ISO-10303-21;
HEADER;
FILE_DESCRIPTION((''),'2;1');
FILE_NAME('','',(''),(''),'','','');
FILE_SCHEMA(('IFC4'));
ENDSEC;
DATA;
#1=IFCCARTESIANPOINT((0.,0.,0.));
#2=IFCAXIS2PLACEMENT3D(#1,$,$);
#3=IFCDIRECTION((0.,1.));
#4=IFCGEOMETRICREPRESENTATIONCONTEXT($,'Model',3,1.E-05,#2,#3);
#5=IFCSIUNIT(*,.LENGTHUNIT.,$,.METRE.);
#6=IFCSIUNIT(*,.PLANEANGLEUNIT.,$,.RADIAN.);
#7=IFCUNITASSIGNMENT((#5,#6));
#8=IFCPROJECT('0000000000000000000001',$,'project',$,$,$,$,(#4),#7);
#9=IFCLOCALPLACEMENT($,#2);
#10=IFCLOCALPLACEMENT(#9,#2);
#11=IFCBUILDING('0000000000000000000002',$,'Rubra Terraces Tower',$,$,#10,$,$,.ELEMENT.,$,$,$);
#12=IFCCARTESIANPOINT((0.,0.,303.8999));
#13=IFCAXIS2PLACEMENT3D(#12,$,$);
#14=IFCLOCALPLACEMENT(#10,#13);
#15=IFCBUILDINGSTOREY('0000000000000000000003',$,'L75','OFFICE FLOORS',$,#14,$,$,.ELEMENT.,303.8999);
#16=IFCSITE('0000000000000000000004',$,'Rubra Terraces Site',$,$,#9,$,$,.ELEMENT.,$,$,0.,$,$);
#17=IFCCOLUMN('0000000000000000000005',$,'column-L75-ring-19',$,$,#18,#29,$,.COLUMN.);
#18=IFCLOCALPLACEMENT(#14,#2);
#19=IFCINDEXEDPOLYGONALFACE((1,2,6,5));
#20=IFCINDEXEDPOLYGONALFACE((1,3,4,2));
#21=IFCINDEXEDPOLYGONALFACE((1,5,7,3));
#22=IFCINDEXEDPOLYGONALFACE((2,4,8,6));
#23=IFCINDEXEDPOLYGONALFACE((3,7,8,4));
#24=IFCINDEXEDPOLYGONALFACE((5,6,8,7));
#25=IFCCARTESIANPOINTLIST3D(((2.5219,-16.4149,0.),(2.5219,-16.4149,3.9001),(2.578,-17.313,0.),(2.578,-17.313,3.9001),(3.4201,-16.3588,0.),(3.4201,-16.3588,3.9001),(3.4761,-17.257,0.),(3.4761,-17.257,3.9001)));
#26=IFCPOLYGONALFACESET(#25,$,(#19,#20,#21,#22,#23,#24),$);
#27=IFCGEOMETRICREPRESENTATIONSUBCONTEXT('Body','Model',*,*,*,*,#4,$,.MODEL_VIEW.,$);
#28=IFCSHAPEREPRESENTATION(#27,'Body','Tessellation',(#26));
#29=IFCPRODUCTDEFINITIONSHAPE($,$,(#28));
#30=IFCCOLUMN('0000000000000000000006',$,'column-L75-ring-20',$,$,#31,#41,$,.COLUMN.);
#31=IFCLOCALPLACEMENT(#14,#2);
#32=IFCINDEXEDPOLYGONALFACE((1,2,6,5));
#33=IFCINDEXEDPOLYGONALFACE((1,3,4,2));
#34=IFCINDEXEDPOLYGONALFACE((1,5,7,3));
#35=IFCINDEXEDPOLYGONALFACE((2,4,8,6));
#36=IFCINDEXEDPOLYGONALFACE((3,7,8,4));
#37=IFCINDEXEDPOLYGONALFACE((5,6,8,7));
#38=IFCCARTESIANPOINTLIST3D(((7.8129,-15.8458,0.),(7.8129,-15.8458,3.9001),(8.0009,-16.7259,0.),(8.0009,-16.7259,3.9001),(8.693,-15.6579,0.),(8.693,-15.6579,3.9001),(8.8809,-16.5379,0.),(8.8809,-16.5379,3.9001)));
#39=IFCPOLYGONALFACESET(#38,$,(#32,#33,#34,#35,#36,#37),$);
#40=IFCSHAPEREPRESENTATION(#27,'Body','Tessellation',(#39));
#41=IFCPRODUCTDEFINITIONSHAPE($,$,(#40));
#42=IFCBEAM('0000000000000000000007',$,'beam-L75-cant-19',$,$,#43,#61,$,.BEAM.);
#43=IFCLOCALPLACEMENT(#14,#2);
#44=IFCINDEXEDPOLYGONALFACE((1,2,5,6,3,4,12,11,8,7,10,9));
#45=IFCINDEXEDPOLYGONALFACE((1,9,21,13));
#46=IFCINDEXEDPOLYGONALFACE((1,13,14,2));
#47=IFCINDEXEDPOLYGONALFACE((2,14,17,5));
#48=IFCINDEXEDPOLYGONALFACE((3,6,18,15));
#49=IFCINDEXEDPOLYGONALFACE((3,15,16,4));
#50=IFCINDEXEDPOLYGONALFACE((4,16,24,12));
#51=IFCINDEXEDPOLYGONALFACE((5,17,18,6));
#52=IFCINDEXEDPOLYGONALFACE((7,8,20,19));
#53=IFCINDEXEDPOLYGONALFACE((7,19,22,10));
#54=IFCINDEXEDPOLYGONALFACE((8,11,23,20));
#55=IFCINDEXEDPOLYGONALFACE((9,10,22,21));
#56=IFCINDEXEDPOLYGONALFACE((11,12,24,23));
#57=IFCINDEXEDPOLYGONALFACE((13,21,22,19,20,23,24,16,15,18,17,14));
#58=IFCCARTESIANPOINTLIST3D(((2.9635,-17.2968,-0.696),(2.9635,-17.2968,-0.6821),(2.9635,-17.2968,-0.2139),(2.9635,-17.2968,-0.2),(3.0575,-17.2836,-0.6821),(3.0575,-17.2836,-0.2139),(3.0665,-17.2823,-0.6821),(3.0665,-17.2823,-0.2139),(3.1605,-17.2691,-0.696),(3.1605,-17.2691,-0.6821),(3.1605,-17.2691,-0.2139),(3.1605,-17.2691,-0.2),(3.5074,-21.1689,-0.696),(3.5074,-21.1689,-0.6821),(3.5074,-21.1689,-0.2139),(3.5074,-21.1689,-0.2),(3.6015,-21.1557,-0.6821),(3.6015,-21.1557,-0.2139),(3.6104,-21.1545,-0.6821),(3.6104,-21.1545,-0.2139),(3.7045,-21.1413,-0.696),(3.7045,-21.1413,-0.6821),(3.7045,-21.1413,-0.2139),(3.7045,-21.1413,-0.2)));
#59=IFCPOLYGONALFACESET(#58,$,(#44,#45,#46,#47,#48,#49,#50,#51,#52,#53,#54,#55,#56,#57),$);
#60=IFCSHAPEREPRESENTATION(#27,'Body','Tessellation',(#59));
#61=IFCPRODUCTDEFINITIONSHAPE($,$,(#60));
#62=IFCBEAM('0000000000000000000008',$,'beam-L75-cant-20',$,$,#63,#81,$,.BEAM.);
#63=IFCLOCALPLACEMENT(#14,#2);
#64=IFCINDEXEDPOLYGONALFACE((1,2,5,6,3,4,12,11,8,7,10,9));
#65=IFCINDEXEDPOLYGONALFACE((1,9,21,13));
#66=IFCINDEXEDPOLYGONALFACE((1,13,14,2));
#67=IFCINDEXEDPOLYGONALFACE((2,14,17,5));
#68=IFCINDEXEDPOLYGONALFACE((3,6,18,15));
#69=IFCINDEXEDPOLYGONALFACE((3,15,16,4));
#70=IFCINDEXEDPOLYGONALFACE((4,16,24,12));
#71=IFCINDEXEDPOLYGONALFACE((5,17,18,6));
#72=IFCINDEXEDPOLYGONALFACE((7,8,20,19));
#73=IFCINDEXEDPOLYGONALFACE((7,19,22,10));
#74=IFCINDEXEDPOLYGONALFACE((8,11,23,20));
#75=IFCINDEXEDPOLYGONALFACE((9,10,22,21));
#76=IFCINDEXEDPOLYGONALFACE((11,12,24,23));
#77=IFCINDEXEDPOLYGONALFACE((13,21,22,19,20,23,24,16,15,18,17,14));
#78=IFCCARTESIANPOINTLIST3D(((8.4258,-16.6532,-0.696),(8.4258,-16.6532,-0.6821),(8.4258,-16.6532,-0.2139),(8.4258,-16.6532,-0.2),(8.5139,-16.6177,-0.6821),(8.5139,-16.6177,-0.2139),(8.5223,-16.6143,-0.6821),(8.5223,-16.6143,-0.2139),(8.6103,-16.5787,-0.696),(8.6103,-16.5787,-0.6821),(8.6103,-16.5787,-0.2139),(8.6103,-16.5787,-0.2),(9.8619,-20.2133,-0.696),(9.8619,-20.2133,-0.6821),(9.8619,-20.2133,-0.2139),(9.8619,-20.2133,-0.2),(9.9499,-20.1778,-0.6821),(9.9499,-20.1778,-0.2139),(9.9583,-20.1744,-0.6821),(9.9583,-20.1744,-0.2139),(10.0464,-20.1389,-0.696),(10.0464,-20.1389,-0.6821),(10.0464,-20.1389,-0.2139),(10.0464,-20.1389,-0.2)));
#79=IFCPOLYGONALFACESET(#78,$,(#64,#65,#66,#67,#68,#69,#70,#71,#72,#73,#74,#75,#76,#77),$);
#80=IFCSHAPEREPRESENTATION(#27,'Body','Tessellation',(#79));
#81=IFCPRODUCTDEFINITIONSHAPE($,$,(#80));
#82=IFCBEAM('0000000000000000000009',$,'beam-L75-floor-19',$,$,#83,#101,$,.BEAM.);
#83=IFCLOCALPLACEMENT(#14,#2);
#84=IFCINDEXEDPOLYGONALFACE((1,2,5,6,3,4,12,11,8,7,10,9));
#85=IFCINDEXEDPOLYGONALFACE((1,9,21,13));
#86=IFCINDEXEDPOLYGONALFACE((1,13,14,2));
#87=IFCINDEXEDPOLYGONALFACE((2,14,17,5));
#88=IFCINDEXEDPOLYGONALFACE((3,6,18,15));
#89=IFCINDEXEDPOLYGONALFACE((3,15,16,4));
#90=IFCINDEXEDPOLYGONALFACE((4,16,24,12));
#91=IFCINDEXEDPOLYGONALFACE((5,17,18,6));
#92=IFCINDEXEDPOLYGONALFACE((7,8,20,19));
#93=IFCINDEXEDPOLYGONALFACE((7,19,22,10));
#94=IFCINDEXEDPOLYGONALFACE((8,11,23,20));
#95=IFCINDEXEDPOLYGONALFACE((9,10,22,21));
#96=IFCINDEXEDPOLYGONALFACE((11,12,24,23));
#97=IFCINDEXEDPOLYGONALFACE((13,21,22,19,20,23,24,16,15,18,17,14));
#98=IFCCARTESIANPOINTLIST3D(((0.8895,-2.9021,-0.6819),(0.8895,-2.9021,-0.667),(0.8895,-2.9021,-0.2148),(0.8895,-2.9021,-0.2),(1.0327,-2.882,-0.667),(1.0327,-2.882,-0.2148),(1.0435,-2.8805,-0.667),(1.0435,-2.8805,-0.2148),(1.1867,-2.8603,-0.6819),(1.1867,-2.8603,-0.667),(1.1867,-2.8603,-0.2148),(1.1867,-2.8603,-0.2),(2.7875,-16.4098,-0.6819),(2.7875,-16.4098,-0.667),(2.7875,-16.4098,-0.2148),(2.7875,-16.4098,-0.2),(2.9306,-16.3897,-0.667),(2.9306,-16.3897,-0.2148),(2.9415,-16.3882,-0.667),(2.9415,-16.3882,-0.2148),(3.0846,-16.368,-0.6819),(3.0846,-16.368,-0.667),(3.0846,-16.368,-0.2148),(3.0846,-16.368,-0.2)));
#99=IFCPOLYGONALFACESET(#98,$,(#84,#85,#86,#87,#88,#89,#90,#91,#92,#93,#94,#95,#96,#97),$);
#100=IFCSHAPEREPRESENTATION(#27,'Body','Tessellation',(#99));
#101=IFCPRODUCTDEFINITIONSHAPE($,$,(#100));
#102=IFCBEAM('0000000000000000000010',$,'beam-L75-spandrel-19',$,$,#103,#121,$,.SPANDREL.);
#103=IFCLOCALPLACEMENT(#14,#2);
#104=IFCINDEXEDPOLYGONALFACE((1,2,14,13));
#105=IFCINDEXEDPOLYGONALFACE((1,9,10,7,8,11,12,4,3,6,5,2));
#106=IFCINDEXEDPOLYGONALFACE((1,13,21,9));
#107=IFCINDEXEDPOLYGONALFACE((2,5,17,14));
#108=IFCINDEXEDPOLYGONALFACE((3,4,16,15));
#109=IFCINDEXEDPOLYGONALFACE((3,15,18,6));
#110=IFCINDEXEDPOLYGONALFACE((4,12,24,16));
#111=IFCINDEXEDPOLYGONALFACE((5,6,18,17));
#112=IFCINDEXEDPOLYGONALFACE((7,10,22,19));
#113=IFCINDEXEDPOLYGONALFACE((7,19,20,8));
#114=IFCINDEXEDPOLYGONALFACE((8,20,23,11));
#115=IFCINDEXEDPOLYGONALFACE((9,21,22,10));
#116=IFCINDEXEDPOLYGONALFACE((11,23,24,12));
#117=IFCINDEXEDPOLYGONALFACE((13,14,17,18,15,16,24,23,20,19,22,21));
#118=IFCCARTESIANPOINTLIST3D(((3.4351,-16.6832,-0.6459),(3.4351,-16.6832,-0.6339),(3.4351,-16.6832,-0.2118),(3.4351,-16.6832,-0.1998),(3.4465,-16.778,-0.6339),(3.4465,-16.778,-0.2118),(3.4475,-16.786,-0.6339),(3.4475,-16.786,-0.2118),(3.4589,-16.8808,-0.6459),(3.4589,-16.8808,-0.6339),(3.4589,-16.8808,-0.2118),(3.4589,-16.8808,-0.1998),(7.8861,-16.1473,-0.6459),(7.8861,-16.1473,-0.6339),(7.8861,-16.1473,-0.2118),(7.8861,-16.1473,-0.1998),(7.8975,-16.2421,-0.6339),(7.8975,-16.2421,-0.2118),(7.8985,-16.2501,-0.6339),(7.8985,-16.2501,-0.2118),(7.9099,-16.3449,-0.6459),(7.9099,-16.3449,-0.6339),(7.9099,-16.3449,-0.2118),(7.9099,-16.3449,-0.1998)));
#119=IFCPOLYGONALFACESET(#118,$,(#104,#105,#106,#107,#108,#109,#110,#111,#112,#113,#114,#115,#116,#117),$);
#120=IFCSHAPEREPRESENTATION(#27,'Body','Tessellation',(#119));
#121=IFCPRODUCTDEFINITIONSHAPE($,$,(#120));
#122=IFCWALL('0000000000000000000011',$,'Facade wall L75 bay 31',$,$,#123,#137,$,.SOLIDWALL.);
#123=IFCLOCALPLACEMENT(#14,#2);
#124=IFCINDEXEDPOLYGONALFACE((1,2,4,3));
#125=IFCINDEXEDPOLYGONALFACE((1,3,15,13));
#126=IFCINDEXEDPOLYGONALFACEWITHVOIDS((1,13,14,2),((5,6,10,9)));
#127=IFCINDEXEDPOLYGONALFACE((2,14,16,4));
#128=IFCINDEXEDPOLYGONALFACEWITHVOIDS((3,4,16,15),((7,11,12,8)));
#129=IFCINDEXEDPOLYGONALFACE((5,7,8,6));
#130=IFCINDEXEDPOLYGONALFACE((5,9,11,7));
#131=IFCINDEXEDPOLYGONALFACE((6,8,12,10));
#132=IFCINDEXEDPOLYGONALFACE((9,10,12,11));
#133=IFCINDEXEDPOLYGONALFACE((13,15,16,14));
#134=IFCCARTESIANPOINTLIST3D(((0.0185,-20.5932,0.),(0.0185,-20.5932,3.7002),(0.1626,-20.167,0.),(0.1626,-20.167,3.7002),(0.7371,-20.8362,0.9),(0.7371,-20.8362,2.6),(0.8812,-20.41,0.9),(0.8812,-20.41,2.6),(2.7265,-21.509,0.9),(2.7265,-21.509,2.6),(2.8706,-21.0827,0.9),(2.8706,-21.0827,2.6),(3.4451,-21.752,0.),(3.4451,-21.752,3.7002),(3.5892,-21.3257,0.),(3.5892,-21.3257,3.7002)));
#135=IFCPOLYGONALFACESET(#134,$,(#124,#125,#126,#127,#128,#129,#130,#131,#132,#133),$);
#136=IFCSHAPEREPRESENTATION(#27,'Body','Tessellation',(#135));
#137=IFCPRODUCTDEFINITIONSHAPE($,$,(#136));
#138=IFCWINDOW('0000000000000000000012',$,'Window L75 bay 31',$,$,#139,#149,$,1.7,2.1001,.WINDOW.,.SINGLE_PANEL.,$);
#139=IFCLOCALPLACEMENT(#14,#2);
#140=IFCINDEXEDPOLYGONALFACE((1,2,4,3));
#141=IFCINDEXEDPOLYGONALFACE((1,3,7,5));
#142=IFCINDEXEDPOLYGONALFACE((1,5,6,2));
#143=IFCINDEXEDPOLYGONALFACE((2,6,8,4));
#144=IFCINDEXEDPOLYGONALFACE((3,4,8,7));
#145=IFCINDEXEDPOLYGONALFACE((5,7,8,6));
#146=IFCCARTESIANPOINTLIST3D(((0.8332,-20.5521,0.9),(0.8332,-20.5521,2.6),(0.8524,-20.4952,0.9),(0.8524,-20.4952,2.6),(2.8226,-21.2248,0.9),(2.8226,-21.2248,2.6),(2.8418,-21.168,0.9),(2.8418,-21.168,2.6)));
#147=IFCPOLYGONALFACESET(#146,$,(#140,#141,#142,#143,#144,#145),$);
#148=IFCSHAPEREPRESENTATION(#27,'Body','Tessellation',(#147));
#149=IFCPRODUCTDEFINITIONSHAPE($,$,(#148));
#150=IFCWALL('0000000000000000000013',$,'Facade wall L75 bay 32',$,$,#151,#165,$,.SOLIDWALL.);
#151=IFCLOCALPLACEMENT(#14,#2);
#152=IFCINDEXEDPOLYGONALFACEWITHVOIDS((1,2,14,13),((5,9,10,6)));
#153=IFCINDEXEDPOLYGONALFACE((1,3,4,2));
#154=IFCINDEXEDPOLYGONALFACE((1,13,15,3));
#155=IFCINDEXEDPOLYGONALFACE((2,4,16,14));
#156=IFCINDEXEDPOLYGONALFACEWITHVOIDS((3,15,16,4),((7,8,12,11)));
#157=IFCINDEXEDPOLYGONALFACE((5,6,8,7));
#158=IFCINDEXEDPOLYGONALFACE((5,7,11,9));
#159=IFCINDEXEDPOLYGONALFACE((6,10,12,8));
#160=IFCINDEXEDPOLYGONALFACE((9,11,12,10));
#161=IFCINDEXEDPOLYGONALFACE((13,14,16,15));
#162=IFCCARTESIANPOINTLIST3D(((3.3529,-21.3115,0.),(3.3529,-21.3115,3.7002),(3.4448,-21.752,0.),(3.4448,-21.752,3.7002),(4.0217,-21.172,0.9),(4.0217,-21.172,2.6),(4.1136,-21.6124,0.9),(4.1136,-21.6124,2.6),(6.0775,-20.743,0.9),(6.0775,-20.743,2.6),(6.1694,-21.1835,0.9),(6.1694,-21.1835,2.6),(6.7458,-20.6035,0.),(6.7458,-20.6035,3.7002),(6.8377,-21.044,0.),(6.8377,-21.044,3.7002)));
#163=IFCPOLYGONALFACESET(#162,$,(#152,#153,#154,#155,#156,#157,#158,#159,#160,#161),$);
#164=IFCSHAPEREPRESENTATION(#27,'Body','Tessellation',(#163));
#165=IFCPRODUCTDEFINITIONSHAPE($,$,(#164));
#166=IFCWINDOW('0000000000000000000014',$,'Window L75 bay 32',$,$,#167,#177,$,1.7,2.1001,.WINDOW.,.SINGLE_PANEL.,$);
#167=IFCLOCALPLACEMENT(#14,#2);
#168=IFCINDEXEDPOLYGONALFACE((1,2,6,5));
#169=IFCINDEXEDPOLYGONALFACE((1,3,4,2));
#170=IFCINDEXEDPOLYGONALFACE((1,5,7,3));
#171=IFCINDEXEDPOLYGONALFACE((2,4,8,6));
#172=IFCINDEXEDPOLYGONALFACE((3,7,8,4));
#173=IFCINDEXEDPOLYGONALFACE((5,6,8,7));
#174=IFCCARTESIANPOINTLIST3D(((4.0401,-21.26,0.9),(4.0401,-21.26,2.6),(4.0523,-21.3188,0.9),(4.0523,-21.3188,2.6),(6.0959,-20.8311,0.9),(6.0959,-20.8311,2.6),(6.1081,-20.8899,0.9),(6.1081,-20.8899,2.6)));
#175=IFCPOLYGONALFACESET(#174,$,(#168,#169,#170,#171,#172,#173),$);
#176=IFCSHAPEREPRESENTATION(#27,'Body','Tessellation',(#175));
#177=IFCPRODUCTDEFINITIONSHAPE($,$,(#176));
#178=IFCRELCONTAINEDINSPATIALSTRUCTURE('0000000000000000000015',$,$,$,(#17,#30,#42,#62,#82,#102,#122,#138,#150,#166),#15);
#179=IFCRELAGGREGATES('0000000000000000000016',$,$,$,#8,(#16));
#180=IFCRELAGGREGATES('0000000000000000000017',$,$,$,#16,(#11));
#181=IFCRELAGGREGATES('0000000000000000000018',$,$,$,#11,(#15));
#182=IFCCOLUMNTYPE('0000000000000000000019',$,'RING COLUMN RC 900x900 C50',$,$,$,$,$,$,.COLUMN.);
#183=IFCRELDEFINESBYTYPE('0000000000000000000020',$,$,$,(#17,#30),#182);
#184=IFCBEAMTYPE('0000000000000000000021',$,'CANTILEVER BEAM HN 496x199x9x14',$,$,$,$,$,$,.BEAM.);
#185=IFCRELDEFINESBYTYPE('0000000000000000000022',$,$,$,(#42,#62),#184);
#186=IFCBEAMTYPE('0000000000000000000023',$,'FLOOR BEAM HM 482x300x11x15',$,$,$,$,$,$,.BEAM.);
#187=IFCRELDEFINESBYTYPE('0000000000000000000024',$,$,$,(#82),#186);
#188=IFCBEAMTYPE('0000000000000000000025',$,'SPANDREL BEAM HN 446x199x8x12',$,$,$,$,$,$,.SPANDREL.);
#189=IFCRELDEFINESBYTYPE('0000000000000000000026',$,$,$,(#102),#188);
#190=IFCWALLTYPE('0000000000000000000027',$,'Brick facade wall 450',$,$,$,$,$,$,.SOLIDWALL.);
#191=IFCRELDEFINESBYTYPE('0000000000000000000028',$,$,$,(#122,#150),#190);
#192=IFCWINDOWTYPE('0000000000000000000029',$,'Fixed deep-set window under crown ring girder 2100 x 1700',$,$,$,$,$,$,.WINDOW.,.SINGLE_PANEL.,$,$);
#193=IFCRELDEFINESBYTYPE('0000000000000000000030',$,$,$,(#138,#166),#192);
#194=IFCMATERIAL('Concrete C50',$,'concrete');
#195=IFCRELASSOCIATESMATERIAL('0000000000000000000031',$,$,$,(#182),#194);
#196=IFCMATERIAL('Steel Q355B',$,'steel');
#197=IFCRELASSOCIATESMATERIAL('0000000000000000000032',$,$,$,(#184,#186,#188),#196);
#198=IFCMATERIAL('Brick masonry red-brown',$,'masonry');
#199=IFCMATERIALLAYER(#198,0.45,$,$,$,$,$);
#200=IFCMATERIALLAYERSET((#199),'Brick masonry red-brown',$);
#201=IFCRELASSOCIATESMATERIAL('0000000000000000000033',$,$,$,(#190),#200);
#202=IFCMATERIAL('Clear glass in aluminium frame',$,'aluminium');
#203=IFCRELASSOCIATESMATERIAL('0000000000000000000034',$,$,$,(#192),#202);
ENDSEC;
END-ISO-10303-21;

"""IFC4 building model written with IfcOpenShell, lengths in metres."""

from ifc_helpers import new_model, si_unit, direction, frame, frame_2d, origin, origin_2d, place, context, subcontext, project, spatial, rectangle, i_section, extrude, material, layer, layer_set, material_profile, profile_set, type_object, element, fill, save


model = new_model("IFC4")

# Units and contexts
model_context = context("Model", 3, precision=1e-05, world=origin(), true_north=direction((0.0, 1.0)))
body_context = subcontext(model_context, "Body", "Model", "MODEL_VIEW")
ifc_project = project(units=[si_unit("LENGTHUNIT", "METRE"), si_unit("PLANEANGLEUNIT", "RADIAN")], contexts=[model_context])

# Site, building, storey
site_placement = place(None, origin())
site = spatial("IfcSite", under=ifc_project, at=site_placement, Name="Rubra Terraces Site", CompositionType="ELEMENT", RefElevation=0.0)
building_placement = place(site_placement, origin())
building = spatial("IfcBuilding", under=site, at=building_placement, Name="Rubra Terraces Tower", CompositionType="ELEMENT")
storey_placement = place(building_placement, frame((0.0, 0.0, 303.8999)))
storey = spatial("IfcBuildingStorey", under=building, at=storey_placement, Name="L75", Description="OFFICE FLOORS", CompositionType="ELEMENT", Elevation=303.8999)

# Columns
ifc_material_1 = material(Name="Concrete C50", Category="concrete")
ifc_material_profile_1 = material_profile(ifc_material_1, rectangle(XDim=0.8999, YDim=0.8999, at=origin_2d()), Name="RC 900x900")
ifc_profile_set_1 = profile_set([ifc_material_profile_1], Name="Concrete C50")
column_type = type_object("IfcColumnType", Name="RING COLUMN RC 900x900 C50", PredefinedType="COLUMN", material=ifc_profile_set_1)
for number, where, z_axis, x_axis, name in (
    (1, (2.999, -16.8359, 0.0), (0.0, 0.0, 1.0), (0.998059, 0.062268, 0.0), "column-L75-ring-19"),
    (2, (8.3469, -16.1919, 0.0), (0.0, 0.0, 1.0), (0.977944, 0.208867, 0.0), "column-L75-ring-20"),
):
    element("IfcColumn", number, at=place(storey_placement, frame(where, z_axis=z_axis, x_axis=x_axis)), inside=storey, type_object=column_type, Name=name, PredefinedType="COLUMN", context=body_context, shape_type="SweptSolid", body=[
        extrude(rectangle(XDim=0.8999, YDim=0.8999, at=origin_2d()), origin(), (0.0, 0.0, 1.0), 3.9001),
    ])

# Beams
ifc_material_2 = material(Name="Steel Q355B", Category="steel")
ifc_material_profile_2 = material_profile(ifc_material_2, i_section(OverallWidth=0.199, OverallDepth=0.4961, WebThickness=0.009, FlangeThickness=0.0139, at=origin_2d()), Name="HN 496x199x9x14")
ifc_profile_set_2 = profile_set([ifc_material_profile_2], Name="Steel Q355B")
beam_type_1 = type_object("IfcBeamType", Name="CANTILEVER BEAM HN 496x199x9x14", PredefinedType="BEAM", material=ifc_profile_set_2)
beam_1_placement = place(storey_placement, frame((3.062, -17.283, -0.448), z_axis=(0.139113, -0.990276, 0.0), x_axis=(0.990276, 0.139113, 0.0)))
element("IfcBeam", 3, at=beam_1_placement, inside=storey, type_object=beam_type_1, Name="beam-L75-cant-19", PredefinedType="BEAM", context=body_context, shape_type="SweptSolid", body=[
    extrude(i_section(OverallWidth=0.199, OverallDepth=0.4961, WebThickness=0.009, FlangeThickness=0.0139, at=origin_2d()), origin(), (0.0, 0.0, 1.0), 3.9102),
])
beam_2_placement = place(storey_placement, frame((8.5181, -16.616, -0.448), z_axis=(0.374087, -0.927394, 0.0), x_axis=(0.927394, 0.374087, 0.0)))
element("IfcBeam", 4, at=beam_2_placement, inside=storey, type_object=beam_type_1, Name="beam-L75-cant-20", PredefinedType="BEAM", context=body_context, shape_type="SweptSolid", body=[
    extrude(i_section(OverallWidth=0.199, OverallDepth=0.4961, WebThickness=0.009, FlangeThickness=0.0139, at=origin_2d()), origin(), (0.0, 0.0, 1.0), 3.8389),
])
ifc_material_profile_3 = material_profile(ifc_material_2, i_section(OverallWidth=0.3, OverallDepth=0.4819, WebThickness=0.011, FlangeThickness=0.0149, at=origin_2d()), Name="HM 482x300x11x15")
ifc_profile_set_3 = profile_set([ifc_material_profile_3], Name="Steel Q355B")
beam_type_2 = type_object("IfcBeamType", Name="FLOOR BEAM HM 482x300x11x15", PredefinedType="BEAM", material=ifc_profile_set_3)
beam_3_placement = place(storey_placement, frame((2.936, -16.3889, -0.4409), z_axis=(-0.139141, 0.990273, 0.0), x_axis=(-0.990273, -0.139141, 0.0)))
element("IfcBeam", 5, at=beam_3_placement, inside=storey, type_object=beam_type_2, Name="beam-L75-floor-19", PredefinedType="BEAM", context=body_context, shape_type="SweptSolid", body=[
    extrude(i_section(OverallWidth=0.3, OverallDepth=0.4819, WebThickness=0.011, FlangeThickness=0.0149, at=origin_2d()), origin(), (0.0, 0.0, 1.0), 13.6404),
])
ifc_material_profile_4 = material_profile(ifc_material_2, i_section(OverallWidth=0.199, OverallDepth=0.446, WebThickness=0.0081, FlangeThickness=0.012, at=origin_2d()), Name="HN 446x199x8x12")
ifc_profile_set_4 = profile_set([ifc_material_profile_4], Name="Steel Q355B")
beam_type_3 = type_object("IfcBeamType", Name="SPANDREL BEAM HN 446x199x8x12", PredefinedType="SPANDREL", material=ifc_profile_set_4)
beam_4_placement = place(storey_placement, frame((3.447, -16.782, -0.4229), z_axis=(0.99283, 0.119536, 0.0), x_axis=(-0.119536, 0.99283, 0.0)))
element("IfcBeam", 6, at=beam_4_placement, inside=storey, type_object=beam_type_3, Name="beam-L75-spandrel-19", PredefinedType="SPANDREL", context=body_context, shape_type="SweptSolid", body=[
    extrude(i_section(OverallWidth=0.199, OverallDepth=0.446, WebThickness=0.0081, FlangeThickness=0.012, at=origin_2d()), origin(), (0.0, 0.0, 1.0), 4.4832),
])

# Walls, openings, windows
ifc_material_3 = material(Name="Brick masonry red-brown", Category="masonry")
ifc_layer_1 = layer(ifc_material_3, 0.45)
ifc_layer_set_1 = layer_set([ifc_layer_1], Name="Brick masonry red-brown")
wall_type_1 = type_object("IfcWallType", Name="Brick facade wall 450", PredefinedType="SOLIDWALL", material=ifc_layer_set_1)
wall_1_placement = place(storey_placement, frame((0.0906, -20.3801, 0.0), z_axis=(0.0, 0.0, 1.0), x_axis=(0.947304, -0.320335, 0.0)))
wall_1 = element("IfcWall", 7, at=wall_1_placement, inside=storey, type_object=wall_type_1, Name="Facade wall L75 bay 31", PredefinedType="SOLIDWALL", context=body_context, shape_type="SweptSolid", body=[
    extrude(rectangle(XDim=3.6172, YDim=0.45, at=frame_2d((1.8086, 0.0))), origin(), (0.0, 0.0, 1.0), 3.7002),
])
opening_1_placement = place(wall_1_placement, frame((0.7585, 0.0, 0.8999)))
opening_1 = element("IfcOpeningElement", 8, at=opening_1_placement, cuts=wall_1, PredefinedType="OPENING", context=body_context, shape_type="SweptSolid", body=[
    extrude(rectangle(XDim=2.1001, YDim=1.7, at=frame_2d((1.05, 0.8501))), frame((0.0, 0.2349, 0.0), z_axis=(0.0, -1.0, 0.0), x_axis=(1.0, 0.0, 0.0)), (0.0, 0.0, 1.0), 0.47),
])
ifc_material_4 = material(Name="Clear glass in aluminium frame", Category="aluminium")
window_type = type_object("IfcWindowType", Name="Fixed deep-set window under crown ring girder 2100 x 1700", PartitioningType="SINGLE_PANEL", PredefinedType="WINDOW", material=ifc_material_4)
window_1_placement = place(opening_1_placement, origin())
window_1 = element("IfcWindow", 9, at=window_1_placement, inside=storey, type_object=window_type, Name="Window L75 bay 31", OverallHeight=1.7, OverallWidth=2.1001, PartitioningType="SINGLE_PANEL", PredefinedType="WINDOW", context=body_context, shape_type="SweptSolid", body=[
    extrude(rectangle(XDim=2.1001, YDim=1.7, at=frame_2d((1.05, 0.8501))), frame((0.0, 0.135, 0.0), z_axis=(0.0, -1.0, 0.0), x_axis=(1.0, 0.0, 0.0)), (0.0, 0.0, 1.0), 0.0601),
])
fill(opening_1, window_1)
wall_2_placement = place(storey_placement, frame((3.3989, -21.5317, 0.0), z_axis=(0.0, 0.0, 1.0), x_axis=(0.978916, 0.204264, 0.0)))
wall_2 = element("IfcWall", 10, at=wall_2_placement, inside=storey, type_object=wall_type_1, Name="Facade wall L75 bay 32", PredefinedType="SOLIDWALL", context=body_context, shape_type="SweptSolid", body=[
    extrude(rectangle(XDim=3.4661, YDim=0.45, at=frame_2d((1.7329, 0.0))), origin(), (0.0, 0.0, 1.0), 3.7002),
])
opening_2_placement = place(wall_2_placement, frame((0.6831, 0.0, 0.8999)))
opening_2 = element("IfcOpeningElement", 11, at=opening_2_placement, cuts=wall_2, PredefinedType="OPENING", context=body_context, shape_type="SweptSolid", body=[
    extrude(rectangle(XDim=2.1001, YDim=1.7, at=frame_2d((1.05, 0.8501))), frame((0.0, 0.2349, 0.0), z_axis=(0.0, -1.0, 0.0), x_axis=(1.0, 0.0, 0.0)), (0.0, 0.0, 1.0), 0.47),
])
window_2_placement = place(opening_2_placement, origin())
window_2 = element("IfcWindow", 12, at=window_2_placement, inside=storey, type_object=window_type, Name="Window L75 bay 32", OverallHeight=1.7, OverallWidth=2.1001, PartitioningType="SINGLE_PANEL", PredefinedType="WINDOW", context=body_context, shape_type="SweptSolid", body=[
    extrude(rectangle(XDim=2.1001, YDim=1.7, at=frame_2d((1.05, 0.8501))), frame((0.0, 0.135, 0.0), z_axis=(0.0, -1.0, 0.0), x_axis=(1.0, 0.0, 0.0)), (0.0, 0.0, 1.0), 0.0601),
])
fill(opening_2, window_2)

save(model, "model.ifc")
